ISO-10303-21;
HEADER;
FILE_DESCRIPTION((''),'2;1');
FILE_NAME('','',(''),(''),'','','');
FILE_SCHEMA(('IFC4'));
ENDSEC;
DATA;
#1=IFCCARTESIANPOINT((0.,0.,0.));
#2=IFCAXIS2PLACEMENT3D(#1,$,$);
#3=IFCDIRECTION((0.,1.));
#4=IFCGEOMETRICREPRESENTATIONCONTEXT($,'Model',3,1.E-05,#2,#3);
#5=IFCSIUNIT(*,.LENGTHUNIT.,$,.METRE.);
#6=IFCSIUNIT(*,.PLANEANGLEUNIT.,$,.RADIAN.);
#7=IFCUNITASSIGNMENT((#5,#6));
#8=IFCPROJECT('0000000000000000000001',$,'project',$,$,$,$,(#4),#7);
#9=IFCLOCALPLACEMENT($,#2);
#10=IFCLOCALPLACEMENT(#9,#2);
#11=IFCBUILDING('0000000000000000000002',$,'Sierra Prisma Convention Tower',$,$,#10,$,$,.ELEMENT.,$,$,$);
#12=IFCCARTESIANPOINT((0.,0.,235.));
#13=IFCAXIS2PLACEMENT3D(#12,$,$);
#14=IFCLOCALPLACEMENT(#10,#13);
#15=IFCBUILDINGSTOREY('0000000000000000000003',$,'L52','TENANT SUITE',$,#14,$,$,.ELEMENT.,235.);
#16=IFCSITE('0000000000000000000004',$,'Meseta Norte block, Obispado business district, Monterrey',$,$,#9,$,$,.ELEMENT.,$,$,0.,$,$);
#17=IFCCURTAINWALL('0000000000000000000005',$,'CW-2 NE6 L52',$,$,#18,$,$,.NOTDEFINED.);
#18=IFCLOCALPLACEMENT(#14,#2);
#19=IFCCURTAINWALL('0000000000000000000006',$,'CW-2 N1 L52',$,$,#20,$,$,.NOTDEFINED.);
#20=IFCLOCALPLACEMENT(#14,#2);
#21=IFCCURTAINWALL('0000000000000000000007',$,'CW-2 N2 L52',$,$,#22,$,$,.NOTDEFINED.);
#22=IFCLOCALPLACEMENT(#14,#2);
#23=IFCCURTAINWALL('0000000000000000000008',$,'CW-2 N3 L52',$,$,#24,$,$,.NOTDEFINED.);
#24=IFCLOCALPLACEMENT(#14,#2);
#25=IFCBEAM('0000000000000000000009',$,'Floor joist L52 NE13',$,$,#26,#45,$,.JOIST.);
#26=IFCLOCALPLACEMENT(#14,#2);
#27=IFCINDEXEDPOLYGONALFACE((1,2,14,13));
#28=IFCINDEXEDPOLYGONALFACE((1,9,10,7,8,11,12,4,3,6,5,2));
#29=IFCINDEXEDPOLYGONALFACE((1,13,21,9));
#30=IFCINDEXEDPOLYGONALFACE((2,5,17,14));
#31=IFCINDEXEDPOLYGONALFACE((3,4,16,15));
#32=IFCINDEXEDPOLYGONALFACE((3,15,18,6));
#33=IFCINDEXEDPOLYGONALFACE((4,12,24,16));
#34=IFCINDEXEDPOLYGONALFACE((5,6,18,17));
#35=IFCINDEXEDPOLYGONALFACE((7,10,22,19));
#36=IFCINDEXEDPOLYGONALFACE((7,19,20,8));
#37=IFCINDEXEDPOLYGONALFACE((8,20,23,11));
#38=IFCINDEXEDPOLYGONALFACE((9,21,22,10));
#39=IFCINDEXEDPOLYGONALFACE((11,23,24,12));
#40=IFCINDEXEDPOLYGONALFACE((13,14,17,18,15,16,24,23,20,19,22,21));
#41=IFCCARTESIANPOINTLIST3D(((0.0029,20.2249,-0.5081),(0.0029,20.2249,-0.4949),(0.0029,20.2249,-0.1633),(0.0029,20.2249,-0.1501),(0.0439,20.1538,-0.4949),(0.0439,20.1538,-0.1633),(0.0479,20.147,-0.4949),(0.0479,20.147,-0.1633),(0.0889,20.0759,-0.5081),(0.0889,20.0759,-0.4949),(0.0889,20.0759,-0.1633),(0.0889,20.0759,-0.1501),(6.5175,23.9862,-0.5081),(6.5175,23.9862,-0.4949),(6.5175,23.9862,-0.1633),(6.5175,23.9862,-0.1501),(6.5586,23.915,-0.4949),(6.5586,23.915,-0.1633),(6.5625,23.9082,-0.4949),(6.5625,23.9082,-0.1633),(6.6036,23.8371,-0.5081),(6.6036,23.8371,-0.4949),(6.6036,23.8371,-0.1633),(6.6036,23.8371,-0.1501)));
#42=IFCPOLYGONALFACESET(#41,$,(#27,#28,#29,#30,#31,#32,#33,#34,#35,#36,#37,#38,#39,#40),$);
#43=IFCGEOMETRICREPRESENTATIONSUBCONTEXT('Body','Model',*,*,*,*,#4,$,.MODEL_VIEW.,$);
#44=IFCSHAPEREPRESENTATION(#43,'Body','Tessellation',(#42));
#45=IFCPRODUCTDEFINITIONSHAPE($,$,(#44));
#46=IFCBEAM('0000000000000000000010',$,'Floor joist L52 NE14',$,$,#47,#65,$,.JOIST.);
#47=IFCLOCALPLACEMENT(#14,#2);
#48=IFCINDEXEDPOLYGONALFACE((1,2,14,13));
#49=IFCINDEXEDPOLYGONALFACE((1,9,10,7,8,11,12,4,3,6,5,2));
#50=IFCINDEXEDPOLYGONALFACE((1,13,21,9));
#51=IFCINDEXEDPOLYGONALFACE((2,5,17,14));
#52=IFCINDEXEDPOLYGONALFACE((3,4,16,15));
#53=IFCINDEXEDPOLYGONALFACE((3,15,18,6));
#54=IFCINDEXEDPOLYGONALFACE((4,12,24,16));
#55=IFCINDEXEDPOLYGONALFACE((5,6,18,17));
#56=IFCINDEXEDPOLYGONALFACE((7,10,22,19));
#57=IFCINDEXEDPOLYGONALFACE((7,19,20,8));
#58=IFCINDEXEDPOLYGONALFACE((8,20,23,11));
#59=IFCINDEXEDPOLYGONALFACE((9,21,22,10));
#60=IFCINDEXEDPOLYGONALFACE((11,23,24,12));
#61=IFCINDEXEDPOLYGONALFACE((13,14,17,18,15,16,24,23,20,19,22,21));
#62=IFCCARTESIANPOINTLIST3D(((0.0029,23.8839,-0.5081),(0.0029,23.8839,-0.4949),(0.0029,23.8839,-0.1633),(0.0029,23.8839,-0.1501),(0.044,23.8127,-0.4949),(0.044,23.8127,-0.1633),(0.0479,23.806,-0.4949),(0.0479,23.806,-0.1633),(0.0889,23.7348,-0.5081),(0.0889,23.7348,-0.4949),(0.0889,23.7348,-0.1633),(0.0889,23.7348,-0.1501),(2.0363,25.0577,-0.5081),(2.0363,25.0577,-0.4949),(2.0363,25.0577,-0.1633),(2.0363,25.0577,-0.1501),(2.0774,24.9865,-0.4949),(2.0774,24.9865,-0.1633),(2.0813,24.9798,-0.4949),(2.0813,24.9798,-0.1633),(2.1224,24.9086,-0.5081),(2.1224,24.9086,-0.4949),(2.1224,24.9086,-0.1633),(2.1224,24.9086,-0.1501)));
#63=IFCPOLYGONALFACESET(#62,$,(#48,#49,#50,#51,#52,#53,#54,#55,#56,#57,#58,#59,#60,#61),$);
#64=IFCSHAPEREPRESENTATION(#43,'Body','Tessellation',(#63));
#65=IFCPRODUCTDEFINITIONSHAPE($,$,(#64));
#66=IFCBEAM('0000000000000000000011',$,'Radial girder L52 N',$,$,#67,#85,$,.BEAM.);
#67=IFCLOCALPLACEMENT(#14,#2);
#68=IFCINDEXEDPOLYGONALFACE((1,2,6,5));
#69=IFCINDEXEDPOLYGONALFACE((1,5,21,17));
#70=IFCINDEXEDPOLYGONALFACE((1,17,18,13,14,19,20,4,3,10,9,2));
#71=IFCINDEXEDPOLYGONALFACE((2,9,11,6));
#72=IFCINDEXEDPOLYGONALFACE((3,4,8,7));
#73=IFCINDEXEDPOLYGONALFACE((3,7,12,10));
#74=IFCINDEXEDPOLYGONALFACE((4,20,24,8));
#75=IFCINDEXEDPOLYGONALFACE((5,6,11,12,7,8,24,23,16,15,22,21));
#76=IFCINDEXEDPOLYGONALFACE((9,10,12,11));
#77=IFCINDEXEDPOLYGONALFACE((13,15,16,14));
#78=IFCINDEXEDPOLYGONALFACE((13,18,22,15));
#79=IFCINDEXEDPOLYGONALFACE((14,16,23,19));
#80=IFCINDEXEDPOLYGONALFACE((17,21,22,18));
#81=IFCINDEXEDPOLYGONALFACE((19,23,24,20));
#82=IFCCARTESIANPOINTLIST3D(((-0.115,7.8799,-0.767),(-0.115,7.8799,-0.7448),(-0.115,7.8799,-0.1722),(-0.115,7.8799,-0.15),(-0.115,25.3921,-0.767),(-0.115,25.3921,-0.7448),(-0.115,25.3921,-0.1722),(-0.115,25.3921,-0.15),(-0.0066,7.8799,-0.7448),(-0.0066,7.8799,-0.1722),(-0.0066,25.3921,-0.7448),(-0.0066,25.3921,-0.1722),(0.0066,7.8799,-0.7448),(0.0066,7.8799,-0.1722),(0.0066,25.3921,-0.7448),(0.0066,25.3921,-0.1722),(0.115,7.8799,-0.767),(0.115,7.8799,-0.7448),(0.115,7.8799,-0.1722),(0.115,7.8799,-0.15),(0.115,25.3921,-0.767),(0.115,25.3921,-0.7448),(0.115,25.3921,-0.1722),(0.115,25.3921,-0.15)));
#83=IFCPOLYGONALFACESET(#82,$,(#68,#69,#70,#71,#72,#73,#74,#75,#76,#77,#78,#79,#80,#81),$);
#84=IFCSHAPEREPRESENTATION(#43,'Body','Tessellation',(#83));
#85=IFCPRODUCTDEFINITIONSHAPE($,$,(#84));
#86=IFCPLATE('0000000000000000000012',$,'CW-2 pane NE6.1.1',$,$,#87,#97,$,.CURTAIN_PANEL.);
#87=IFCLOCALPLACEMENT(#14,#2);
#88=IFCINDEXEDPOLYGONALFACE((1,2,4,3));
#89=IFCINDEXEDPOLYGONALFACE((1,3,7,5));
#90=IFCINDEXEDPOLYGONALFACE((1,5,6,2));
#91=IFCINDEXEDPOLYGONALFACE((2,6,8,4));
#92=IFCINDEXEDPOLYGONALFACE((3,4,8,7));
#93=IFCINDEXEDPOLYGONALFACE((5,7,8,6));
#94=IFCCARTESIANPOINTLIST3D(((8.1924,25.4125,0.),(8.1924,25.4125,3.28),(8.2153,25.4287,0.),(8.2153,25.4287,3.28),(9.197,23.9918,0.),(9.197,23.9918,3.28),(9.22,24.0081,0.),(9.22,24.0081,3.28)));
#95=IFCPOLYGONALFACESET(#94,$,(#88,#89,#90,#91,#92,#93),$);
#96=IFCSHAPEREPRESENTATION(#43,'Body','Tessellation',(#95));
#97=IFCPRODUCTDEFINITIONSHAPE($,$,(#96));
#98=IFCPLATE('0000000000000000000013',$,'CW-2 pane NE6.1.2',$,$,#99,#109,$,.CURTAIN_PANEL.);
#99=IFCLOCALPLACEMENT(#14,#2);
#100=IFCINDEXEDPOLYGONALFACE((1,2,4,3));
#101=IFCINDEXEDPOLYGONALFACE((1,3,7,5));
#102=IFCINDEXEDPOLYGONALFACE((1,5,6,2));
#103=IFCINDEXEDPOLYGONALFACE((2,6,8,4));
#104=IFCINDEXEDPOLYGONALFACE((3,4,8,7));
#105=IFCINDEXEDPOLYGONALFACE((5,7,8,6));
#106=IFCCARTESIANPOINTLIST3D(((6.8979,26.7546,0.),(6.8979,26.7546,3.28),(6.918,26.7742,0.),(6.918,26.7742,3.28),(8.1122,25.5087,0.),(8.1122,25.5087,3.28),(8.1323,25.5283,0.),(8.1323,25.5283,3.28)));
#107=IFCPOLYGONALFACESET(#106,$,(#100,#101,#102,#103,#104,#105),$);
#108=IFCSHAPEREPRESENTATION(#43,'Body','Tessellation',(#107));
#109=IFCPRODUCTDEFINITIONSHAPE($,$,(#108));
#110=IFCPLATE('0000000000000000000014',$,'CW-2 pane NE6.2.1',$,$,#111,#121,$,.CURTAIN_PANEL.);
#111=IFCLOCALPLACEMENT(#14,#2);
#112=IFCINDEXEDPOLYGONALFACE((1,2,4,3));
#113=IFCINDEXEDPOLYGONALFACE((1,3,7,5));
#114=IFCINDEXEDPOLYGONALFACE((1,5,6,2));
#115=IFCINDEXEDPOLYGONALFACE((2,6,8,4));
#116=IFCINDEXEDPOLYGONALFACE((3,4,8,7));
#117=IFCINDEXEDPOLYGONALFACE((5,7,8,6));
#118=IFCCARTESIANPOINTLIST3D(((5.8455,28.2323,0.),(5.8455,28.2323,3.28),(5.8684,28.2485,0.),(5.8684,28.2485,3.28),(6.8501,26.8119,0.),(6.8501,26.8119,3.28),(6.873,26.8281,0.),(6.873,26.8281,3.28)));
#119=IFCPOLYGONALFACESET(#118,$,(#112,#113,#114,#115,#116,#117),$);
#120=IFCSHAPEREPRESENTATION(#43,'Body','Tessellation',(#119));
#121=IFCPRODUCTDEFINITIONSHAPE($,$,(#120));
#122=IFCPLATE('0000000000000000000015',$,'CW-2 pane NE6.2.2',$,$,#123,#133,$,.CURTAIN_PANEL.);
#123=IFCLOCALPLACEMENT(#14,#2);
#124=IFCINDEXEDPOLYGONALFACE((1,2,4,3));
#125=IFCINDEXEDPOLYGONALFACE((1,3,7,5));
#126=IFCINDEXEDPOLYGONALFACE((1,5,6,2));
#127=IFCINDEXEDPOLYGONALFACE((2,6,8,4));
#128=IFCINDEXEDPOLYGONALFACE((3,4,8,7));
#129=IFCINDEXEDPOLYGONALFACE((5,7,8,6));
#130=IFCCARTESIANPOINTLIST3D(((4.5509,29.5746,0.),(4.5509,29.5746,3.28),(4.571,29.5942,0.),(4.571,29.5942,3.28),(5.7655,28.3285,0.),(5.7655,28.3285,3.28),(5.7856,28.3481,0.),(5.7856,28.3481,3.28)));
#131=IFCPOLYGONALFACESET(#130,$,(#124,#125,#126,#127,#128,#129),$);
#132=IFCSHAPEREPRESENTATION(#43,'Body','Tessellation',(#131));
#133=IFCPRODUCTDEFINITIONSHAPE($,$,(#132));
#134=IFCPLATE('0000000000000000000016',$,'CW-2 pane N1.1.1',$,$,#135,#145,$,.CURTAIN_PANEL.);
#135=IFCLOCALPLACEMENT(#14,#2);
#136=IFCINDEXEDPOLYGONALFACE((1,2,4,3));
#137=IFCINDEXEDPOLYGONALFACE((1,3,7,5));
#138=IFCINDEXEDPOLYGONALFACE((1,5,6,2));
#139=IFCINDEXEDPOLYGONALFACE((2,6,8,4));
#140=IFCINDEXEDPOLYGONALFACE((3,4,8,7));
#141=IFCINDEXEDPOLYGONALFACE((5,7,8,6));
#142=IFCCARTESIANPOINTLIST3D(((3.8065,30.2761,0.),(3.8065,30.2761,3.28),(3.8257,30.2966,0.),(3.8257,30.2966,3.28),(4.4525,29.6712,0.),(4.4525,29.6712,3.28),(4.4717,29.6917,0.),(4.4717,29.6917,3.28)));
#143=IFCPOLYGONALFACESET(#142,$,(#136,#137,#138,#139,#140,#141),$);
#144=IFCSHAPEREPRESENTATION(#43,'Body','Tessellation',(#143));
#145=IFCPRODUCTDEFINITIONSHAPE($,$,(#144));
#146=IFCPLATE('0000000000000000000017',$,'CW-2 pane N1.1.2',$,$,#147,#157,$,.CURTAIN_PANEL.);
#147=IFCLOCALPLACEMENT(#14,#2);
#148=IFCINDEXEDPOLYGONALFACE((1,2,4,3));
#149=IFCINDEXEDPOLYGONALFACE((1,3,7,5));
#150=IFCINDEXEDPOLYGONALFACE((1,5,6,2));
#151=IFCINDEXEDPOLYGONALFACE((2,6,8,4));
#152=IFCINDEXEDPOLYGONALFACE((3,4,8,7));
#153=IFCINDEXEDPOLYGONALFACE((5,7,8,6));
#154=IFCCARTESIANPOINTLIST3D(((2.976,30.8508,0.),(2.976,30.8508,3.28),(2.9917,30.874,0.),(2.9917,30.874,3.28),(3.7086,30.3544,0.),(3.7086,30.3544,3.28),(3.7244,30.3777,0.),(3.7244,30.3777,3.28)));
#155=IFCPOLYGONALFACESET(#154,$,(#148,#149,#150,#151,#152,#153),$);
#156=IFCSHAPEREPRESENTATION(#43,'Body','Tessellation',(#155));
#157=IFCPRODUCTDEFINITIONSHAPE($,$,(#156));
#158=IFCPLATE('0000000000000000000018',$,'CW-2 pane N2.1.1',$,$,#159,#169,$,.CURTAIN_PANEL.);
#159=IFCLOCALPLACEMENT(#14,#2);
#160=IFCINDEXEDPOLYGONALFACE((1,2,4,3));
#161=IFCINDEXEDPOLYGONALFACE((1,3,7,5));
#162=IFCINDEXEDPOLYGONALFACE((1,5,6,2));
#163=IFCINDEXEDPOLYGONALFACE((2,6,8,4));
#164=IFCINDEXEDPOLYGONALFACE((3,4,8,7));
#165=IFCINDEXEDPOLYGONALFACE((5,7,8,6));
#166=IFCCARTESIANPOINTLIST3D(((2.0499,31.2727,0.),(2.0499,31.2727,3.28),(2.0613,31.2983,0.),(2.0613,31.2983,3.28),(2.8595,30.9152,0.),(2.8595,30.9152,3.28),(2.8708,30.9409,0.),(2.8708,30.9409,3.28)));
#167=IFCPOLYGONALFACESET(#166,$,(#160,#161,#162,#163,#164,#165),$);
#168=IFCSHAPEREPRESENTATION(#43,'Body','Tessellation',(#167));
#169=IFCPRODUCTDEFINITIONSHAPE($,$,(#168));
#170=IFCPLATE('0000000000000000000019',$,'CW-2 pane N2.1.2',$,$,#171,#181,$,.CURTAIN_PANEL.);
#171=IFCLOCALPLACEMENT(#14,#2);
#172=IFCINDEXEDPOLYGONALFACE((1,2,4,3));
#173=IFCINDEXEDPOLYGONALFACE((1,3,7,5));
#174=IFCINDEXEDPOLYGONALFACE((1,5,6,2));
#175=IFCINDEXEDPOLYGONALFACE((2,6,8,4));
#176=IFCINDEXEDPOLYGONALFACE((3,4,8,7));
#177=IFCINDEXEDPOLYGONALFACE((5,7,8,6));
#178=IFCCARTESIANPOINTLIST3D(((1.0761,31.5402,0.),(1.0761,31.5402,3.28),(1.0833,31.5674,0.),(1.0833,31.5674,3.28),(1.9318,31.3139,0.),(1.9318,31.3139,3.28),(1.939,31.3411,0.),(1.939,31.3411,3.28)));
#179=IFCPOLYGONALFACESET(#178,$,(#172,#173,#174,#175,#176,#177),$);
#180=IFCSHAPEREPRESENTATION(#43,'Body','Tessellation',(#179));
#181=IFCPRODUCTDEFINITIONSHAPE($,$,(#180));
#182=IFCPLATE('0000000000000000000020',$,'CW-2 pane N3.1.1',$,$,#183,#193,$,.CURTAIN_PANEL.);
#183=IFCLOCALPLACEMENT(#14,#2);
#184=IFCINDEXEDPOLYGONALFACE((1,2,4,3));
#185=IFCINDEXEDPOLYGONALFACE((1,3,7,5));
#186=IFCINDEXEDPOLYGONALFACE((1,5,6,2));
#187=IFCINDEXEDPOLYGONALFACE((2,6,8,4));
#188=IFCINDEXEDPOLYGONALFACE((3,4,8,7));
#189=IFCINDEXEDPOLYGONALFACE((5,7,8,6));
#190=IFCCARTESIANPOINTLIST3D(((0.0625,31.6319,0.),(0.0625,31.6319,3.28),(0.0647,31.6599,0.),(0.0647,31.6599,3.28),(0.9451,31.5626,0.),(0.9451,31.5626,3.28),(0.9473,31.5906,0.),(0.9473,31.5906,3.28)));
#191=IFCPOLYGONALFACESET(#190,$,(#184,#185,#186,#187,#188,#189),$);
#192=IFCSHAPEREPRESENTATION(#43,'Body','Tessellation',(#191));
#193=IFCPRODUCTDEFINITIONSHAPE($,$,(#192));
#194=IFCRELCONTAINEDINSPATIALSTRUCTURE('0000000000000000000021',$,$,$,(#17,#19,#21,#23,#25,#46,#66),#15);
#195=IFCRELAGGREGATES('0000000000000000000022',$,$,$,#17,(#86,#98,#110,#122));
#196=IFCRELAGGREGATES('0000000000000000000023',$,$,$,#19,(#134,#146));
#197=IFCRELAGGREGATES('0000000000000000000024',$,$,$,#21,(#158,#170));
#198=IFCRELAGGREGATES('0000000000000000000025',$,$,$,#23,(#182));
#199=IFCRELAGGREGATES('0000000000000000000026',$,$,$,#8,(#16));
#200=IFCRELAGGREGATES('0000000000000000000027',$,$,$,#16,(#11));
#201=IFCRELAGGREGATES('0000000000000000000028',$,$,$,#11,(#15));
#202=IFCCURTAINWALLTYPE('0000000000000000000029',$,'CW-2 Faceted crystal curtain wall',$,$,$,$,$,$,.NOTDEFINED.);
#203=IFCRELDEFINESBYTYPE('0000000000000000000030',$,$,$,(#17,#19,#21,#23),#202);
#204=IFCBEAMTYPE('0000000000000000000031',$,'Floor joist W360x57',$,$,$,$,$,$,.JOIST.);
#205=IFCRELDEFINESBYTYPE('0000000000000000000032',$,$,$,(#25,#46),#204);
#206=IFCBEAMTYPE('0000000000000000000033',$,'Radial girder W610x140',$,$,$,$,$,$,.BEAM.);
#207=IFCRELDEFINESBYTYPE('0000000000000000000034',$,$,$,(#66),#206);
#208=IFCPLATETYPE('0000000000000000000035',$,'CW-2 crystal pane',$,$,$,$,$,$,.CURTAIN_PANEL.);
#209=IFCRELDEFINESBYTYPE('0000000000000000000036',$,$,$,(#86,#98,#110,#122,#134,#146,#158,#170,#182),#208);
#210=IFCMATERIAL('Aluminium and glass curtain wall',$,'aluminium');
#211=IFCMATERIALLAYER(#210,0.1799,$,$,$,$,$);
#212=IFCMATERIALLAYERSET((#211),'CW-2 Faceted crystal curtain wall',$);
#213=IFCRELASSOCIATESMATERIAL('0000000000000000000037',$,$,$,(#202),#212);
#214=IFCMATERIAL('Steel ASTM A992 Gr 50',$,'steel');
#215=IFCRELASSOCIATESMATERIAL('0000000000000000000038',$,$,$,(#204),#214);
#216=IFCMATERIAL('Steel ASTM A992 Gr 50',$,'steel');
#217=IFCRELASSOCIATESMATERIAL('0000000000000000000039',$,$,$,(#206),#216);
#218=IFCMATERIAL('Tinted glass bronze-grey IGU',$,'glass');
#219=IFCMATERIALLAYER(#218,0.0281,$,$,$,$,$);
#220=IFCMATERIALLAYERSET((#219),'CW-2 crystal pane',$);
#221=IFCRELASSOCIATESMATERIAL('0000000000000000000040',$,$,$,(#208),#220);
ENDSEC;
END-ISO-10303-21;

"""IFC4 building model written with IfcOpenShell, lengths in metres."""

from ifc_helpers import new_model, si_unit, direction, frame, origin, origin_2d, place, context, subcontext, project, spatial, polyline, i_section, outline, extrude, material, layer, layer_set, material_profile, profile_set, type_object, element, aggregate, save


model = new_model("IFC4")

# Units and contexts
model_context = context("Model", 3, precision=1e-05, world=origin(), true_north=direction((0.0, 1.0)))
body_context = subcontext(model_context, "Body", "Model", "MODEL_VIEW")
ifc_project = project(units=[si_unit("LENGTHUNIT", "METRE"), si_unit("PLANEANGLEUNIT", "RADIAN")], contexts=[model_context])

# Site, building, storey
site_placement = place(None, origin())
site = spatial("IfcSite", under=ifc_project, at=site_placement, Name="Meseta Norte block, Obispado business district, Monterrey", CompositionType="ELEMENT", RefElevation=0.0)
building_placement = place(site_placement, origin())
building = spatial("IfcBuilding", under=site, at=building_placement, Name="Sierra Prisma Convention Tower", CompositionType="ELEMENT")
storey_placement = place(building_placement, frame((0.0, 0.0, 235.0)))
storey = spatial("IfcBuildingStorey", under=building, at=storey_placement, Name="L52", Description="TENANT SUITE", CompositionType="ELEMENT", Elevation=235.0)

# Curtain wall
ifc_material_1 = material(Name="Aluminium and glass curtain wall", Category="aluminium")
ifc_layer_1 = layer(ifc_material_1, 0.1799)
ifc_layer_set_1 = layer_set([ifc_layer_1], Name="CW-2 Faceted crystal curtain wall")
curtain_wall_type = type_object("IfcCurtainWallType", Name="CW-2 Faceted crystal curtain wall", PredefinedType="NOTDEFINED", material=ifc_layer_set_1)
curtain_wall_1_placement = place(storey_placement, origin())
curtain_wall_1 = element("IfcCurtainWall", 1, at=curtain_wall_1_placement, inside=storey, type_object=curtain_wall_type, Name="CW-2 NE6 L52", PredefinedType="NOTDEFINED")

# Curtain walls
curtain_wall_2_placement = place(storey_placement, origin())
curtain_wall_2 = element("IfcCurtainWall", 2, at=curtain_wall_2_placement, inside=storey, type_object=curtain_wall_type, Name="CW-2 N1 L52", PredefinedType="NOTDEFINED")
curtain_wall_3_placement = place(storey_placement, origin())
curtain_wall_3 = element("IfcCurtainWall", 3, at=curtain_wall_3_placement, inside=storey, type_object=curtain_wall_type, Name="CW-2 N2 L52", PredefinedType="NOTDEFINED")
curtain_wall_4_placement = place(storey_placement, origin())
curtain_wall_4 = element("IfcCurtainWall", 4, at=curtain_wall_4_placement, inside=storey, type_object=curtain_wall_type, Name="CW-2 N3 L52", PredefinedType="NOTDEFINED")

# Beams
ifc_material_2 = material(Name="Steel ASTM A992 Gr 50", Category="steel")
ifc_material_profile_1 = material_profile(ifc_material_2, i_section(OverallWidth=0.1721, OverallDepth=0.3579, WebThickness=0.0078, FlangeThickness=0.0132, at=origin_2d()), Name="W360x57")
ifc_profile_set_1 = profile_set([ifc_material_profile_1], Name="Steel ASTM A992 Gr 50")
beam_type_1 = type_object("IfcBeamType", Name="Floor joist W360x57", PredefinedType="JOIST", material=ifc_profile_set_1)
beam_1_placement = place(storey_placement, frame((6.5605, 23.9116, -0.3291), z_axis=(-0.866026, -0.5, 0.0), x_axis=(0.5, -0.866026, 0.0)))
element("IfcBeam", 5, at=beam_1_placement, inside=storey, type_object=beam_type_1, Name="Floor joist L52 NE13", PredefinedType="JOIST", context=body_context, shape_type="SweptSolid", body=[
    extrude(i_section(OverallWidth=0.1721, OverallDepth=0.3579, WebThickness=0.0078, FlangeThickness=0.0132, at=origin_2d()), origin(), (0.0, 0.0, 1.0), 7.5225),
])
beam_2_placement = place(storey_placement, frame((2.0793, 24.9832, -0.3291), z_axis=(-0.866059, -0.499941, 0.0), x_axis=(0.499941, -0.866059, 0.0)))
element("IfcBeam", 6, at=beam_2_placement, inside=storey, type_object=beam_type_1, Name="Floor joist L52 NE14", PredefinedType="JOIST", context=body_context, shape_type="SweptSolid", body=[
    extrude(i_section(OverallWidth=0.1721, OverallDepth=0.3579, WebThickness=0.0078, FlangeThickness=0.0132, at=origin_2d()), origin(), (0.0, 0.0, 1.0), 2.3479),
])
ifc_material_3 = material(Name="Steel ASTM A992 Gr 50", Category="steel")
ifc_material_profile_2 = material_profile(ifc_material_3, i_section(OverallWidth=0.23, OverallDepth=0.6169, WebThickness=0.0132, FlangeThickness=0.0222, at=origin_2d()), Name="W610x140")
ifc_profile_set_2 = profile_set([ifc_material_profile_2], Name="Steel ASTM A992 Gr 50")
beam_type_2 = type_object("IfcBeamType", Name="Radial girder W610x140", PredefinedType="BEAM", material=ifc_profile_set_2)
beam_3_placement = place(storey_placement, frame((0.0, 25.3921, -0.4585), z_axis=(0.0, -1.0, 0.0), x_axis=(1.0, 0.0, 0.0)))
element("IfcBeam", 7, at=beam_3_placement, inside=storey, type_object=beam_type_2, Name="Radial girder L52 N", PredefinedType="BEAM", context=body_context, shape_type="SweptSolid", body=[
    extrude(i_section(OverallWidth=0.23, OverallDepth=0.6169, WebThickness=0.0132, FlangeThickness=0.0222, at=origin_2d()), origin(), (0.0, 0.0, 1.0), 17.5122),
])

# Plates
ifc_material_4 = material(Name="Tinted glass bronze-grey IGU", Category="glass")
ifc_layer_2 = layer(ifc_material_4, 0.0281)
ifc_layer_set_2 = layer_set([ifc_layer_2], Name="CW-2 crystal pane")
plate_type = type_object("IfcPlateType", Name="CW-2 crystal pane", PredefinedType="CURTAIN_PANEL", material=ifc_layer_set_2)
plate_1_placement = place(storey_placement, frame((9.22, 24.0081, 0.0), z_axis=(0.816474, 0.577383, 0.0), x_axis=(-0.577383, 0.816474, 0.0)))
plate_1 = element("IfcPlate", 8, at=plate_1_placement, type_object=plate_type, Name="CW-2 pane NE6.1.1", PredefinedType="CURTAIN_PANEL", context=body_context, shape_type="SweptSolid", body=[
    extrude(outline(polyline([(0.0, 0.0), (1.74, 0.0), (1.74, 3.28), (0.0, 3.28), (0.0, 0.0)])), origin(), (0.0, 0.0, -1.0), 0.0281),
])
plate_2_placement = place(storey_placement, frame((6.918, 26.7742, 0.0), z_axis=(0.7161, 0.697998, 0.0), x_axis=(0.697998, -0.7161, 0.0)))
plate_2 = element("IfcPlate", 9, at=plate_2_placement, type_object=plate_type, Name="CW-2 pane NE6.1.2", PredefinedType="CURTAIN_PANEL", context=body_context, shape_type="SweptSolid", body=[
    extrude(outline(polyline([(0.0, 0.0), (1.7398, 0.0), (1.7398, -3.28), (0.0, -3.28), (0.0, 0.0)])), origin(), (0.0, 0.0, -1.0), 0.0281),
])
plate_3_placement = place(storey_placement, frame((6.873, 26.8281, 0.0), z_axis=(0.816427, 0.577449, 0.0), x_axis=(-0.577449, 0.816427, 0.0)))
plate_3 = element("IfcPlate", 10, at=plate_3_placement, type_object=plate_type, Name="CW-2 pane NE6.2.1", PredefinedType="CURTAIN_PANEL", context=body_context, shape_type="SweptSolid", body=[
    extrude(outline(polyline([(0.0, 0.0), (1.7398, 0.0), (1.7398, 3.28), (0.0, 3.28), (0.0, 0.0)])), origin(), (0.0, 0.0, -1.0), 0.0281),
])
plate_4_placement = place(storey_placement, frame((4.571, 29.5942, 0.0), z_axis=(0.716098, 0.697999, 0.0), x_axis=(0.697999, -0.716098, 0.0)))
plate_4 = element("IfcPlate", 11, at=plate_4_placement, type_object=plate_type, Name="CW-2 pane NE6.2.2", PredefinedType="CURTAIN_PANEL", context=body_context, shape_type="SweptSolid", body=[
    extrude(outline(polyline([(0.0, 0.0), (1.7401, 0.0), (1.7401, -3.28), (0.0, -3.28), (0.0, 0.0)])), origin(), (0.0, 0.0, -1.0), 0.0281),
])
aggregate(curtain_wall_1, [plate_1, plate_2, plate_3, plate_4])
plate_5_placement = place(storey_placement, frame((4.4717, 29.6917, 0.0), z_axis=(0.683556, 0.729898, 0.0), x_axis=(-0.729898, 0.683556, 0.0)))
plate_5 = element("IfcPlate", 12, at=plate_5_placement, type_object=plate_type, Name="CW-2 pane N1.1.1", PredefinedType="CURTAIN_PANEL", context=body_context, shape_type="SweptSolid", body=[
    extrude(outline(polyline([(0.0, 0.0), (0.885, 0.0), (0.885, 3.28), (0.0, 3.28), (0.0, 0.0)])), origin(), (0.0, 0.0, -1.0), 0.0281),
])
plate_6_placement = place(storey_placement, frame((2.9917, 30.874, 0.0), z_axis=(0.56086, 0.82791, 0.0), x_axis=(0.82791, -0.56086, 0.0)))
plate_6 = element("IfcPlate", 13, at=plate_6_placement, type_object=plate_type, Name="CW-2 pane N1.1.2", PredefinedType="CURTAIN_PANEL", context=body_context, shape_type="SweptSolid", body=[
    extrude(outline(polyline([(0.0, 0.0), (0.885, 0.0), (0.885, -3.28), (0.0, -3.28), (0.0, 0.0)])), origin(), (0.0, 0.0, -1.0), 0.0281),
])
aggregate(curtain_wall_2, [plate_5, plate_6])
plate_7_placement = place(storey_placement, frame((2.8708, 30.9409, 0.0), z_axis=(0.403885, 0.91481, 0.0), x_axis=(-0.91481, 0.403885, 0.0)))
plate_7 = element("IfcPlate", 14, at=plate_7_placement, type_object=plate_type, Name="CW-2 pane N2.1.1", PredefinedType="CURTAIN_PANEL", context=body_context, shape_type="SweptSolid", body=[
    extrude(outline(polyline([(0.0, 0.0), (0.885, 0.0), (0.885, 3.28), (0.0, 3.28), (0.0, 0.0)])), origin(), (0.0, 0.0, -1.0), 0.0281),
])
plate_8_placement = place(storey_placement, frame((1.0833, 31.5674, 0.0), z_axis=(0.255688, 0.966759, 0.0), x_axis=(0.966759, -0.255688, 0.0)))
plate_8 = element("IfcPlate", 15, at=plate_8_placement, type_object=plate_type, Name="CW-2 pane N2.1.2", PredefinedType="CURTAIN_PANEL", context=body_context, shape_type="SweptSolid", body=[
    extrude(outline(polyline([(0.0, 0.0), (0.8851, 0.0), (0.8851, -3.28), (0.0, -3.28), (0.0, 0.0)])), origin(), (0.0, 0.0, -1.0), 0.0281),
])
aggregate(curtain_wall_3, [plate_7, plate_8])
plate_9_placement = place(storey_placement, frame((0.9473, 31.5906, 0.0), z_axis=(0.07832, 0.996928, 0.0), x_axis=(-0.996928, 0.07832, 0.0)))
plate_9 = element("IfcPlate", 16, at=plate_9_placement, type_object=plate_type, Name="CW-2 pane N3.1.1", PredefinedType="CURTAIN_PANEL", context=body_context, shape_type="SweptSolid", body=[
    extrude(outline(polyline([(0.0, 0.0), (0.8853, 0.0), (0.8853, 3.28), (0.0, 3.28), (0.0, 0.0)])), origin(), (0.0, 0.0, -1.0), 0.0281),
])
aggregate(curtain_wall_4, [plate_9])

save(model, "model.ifc")
